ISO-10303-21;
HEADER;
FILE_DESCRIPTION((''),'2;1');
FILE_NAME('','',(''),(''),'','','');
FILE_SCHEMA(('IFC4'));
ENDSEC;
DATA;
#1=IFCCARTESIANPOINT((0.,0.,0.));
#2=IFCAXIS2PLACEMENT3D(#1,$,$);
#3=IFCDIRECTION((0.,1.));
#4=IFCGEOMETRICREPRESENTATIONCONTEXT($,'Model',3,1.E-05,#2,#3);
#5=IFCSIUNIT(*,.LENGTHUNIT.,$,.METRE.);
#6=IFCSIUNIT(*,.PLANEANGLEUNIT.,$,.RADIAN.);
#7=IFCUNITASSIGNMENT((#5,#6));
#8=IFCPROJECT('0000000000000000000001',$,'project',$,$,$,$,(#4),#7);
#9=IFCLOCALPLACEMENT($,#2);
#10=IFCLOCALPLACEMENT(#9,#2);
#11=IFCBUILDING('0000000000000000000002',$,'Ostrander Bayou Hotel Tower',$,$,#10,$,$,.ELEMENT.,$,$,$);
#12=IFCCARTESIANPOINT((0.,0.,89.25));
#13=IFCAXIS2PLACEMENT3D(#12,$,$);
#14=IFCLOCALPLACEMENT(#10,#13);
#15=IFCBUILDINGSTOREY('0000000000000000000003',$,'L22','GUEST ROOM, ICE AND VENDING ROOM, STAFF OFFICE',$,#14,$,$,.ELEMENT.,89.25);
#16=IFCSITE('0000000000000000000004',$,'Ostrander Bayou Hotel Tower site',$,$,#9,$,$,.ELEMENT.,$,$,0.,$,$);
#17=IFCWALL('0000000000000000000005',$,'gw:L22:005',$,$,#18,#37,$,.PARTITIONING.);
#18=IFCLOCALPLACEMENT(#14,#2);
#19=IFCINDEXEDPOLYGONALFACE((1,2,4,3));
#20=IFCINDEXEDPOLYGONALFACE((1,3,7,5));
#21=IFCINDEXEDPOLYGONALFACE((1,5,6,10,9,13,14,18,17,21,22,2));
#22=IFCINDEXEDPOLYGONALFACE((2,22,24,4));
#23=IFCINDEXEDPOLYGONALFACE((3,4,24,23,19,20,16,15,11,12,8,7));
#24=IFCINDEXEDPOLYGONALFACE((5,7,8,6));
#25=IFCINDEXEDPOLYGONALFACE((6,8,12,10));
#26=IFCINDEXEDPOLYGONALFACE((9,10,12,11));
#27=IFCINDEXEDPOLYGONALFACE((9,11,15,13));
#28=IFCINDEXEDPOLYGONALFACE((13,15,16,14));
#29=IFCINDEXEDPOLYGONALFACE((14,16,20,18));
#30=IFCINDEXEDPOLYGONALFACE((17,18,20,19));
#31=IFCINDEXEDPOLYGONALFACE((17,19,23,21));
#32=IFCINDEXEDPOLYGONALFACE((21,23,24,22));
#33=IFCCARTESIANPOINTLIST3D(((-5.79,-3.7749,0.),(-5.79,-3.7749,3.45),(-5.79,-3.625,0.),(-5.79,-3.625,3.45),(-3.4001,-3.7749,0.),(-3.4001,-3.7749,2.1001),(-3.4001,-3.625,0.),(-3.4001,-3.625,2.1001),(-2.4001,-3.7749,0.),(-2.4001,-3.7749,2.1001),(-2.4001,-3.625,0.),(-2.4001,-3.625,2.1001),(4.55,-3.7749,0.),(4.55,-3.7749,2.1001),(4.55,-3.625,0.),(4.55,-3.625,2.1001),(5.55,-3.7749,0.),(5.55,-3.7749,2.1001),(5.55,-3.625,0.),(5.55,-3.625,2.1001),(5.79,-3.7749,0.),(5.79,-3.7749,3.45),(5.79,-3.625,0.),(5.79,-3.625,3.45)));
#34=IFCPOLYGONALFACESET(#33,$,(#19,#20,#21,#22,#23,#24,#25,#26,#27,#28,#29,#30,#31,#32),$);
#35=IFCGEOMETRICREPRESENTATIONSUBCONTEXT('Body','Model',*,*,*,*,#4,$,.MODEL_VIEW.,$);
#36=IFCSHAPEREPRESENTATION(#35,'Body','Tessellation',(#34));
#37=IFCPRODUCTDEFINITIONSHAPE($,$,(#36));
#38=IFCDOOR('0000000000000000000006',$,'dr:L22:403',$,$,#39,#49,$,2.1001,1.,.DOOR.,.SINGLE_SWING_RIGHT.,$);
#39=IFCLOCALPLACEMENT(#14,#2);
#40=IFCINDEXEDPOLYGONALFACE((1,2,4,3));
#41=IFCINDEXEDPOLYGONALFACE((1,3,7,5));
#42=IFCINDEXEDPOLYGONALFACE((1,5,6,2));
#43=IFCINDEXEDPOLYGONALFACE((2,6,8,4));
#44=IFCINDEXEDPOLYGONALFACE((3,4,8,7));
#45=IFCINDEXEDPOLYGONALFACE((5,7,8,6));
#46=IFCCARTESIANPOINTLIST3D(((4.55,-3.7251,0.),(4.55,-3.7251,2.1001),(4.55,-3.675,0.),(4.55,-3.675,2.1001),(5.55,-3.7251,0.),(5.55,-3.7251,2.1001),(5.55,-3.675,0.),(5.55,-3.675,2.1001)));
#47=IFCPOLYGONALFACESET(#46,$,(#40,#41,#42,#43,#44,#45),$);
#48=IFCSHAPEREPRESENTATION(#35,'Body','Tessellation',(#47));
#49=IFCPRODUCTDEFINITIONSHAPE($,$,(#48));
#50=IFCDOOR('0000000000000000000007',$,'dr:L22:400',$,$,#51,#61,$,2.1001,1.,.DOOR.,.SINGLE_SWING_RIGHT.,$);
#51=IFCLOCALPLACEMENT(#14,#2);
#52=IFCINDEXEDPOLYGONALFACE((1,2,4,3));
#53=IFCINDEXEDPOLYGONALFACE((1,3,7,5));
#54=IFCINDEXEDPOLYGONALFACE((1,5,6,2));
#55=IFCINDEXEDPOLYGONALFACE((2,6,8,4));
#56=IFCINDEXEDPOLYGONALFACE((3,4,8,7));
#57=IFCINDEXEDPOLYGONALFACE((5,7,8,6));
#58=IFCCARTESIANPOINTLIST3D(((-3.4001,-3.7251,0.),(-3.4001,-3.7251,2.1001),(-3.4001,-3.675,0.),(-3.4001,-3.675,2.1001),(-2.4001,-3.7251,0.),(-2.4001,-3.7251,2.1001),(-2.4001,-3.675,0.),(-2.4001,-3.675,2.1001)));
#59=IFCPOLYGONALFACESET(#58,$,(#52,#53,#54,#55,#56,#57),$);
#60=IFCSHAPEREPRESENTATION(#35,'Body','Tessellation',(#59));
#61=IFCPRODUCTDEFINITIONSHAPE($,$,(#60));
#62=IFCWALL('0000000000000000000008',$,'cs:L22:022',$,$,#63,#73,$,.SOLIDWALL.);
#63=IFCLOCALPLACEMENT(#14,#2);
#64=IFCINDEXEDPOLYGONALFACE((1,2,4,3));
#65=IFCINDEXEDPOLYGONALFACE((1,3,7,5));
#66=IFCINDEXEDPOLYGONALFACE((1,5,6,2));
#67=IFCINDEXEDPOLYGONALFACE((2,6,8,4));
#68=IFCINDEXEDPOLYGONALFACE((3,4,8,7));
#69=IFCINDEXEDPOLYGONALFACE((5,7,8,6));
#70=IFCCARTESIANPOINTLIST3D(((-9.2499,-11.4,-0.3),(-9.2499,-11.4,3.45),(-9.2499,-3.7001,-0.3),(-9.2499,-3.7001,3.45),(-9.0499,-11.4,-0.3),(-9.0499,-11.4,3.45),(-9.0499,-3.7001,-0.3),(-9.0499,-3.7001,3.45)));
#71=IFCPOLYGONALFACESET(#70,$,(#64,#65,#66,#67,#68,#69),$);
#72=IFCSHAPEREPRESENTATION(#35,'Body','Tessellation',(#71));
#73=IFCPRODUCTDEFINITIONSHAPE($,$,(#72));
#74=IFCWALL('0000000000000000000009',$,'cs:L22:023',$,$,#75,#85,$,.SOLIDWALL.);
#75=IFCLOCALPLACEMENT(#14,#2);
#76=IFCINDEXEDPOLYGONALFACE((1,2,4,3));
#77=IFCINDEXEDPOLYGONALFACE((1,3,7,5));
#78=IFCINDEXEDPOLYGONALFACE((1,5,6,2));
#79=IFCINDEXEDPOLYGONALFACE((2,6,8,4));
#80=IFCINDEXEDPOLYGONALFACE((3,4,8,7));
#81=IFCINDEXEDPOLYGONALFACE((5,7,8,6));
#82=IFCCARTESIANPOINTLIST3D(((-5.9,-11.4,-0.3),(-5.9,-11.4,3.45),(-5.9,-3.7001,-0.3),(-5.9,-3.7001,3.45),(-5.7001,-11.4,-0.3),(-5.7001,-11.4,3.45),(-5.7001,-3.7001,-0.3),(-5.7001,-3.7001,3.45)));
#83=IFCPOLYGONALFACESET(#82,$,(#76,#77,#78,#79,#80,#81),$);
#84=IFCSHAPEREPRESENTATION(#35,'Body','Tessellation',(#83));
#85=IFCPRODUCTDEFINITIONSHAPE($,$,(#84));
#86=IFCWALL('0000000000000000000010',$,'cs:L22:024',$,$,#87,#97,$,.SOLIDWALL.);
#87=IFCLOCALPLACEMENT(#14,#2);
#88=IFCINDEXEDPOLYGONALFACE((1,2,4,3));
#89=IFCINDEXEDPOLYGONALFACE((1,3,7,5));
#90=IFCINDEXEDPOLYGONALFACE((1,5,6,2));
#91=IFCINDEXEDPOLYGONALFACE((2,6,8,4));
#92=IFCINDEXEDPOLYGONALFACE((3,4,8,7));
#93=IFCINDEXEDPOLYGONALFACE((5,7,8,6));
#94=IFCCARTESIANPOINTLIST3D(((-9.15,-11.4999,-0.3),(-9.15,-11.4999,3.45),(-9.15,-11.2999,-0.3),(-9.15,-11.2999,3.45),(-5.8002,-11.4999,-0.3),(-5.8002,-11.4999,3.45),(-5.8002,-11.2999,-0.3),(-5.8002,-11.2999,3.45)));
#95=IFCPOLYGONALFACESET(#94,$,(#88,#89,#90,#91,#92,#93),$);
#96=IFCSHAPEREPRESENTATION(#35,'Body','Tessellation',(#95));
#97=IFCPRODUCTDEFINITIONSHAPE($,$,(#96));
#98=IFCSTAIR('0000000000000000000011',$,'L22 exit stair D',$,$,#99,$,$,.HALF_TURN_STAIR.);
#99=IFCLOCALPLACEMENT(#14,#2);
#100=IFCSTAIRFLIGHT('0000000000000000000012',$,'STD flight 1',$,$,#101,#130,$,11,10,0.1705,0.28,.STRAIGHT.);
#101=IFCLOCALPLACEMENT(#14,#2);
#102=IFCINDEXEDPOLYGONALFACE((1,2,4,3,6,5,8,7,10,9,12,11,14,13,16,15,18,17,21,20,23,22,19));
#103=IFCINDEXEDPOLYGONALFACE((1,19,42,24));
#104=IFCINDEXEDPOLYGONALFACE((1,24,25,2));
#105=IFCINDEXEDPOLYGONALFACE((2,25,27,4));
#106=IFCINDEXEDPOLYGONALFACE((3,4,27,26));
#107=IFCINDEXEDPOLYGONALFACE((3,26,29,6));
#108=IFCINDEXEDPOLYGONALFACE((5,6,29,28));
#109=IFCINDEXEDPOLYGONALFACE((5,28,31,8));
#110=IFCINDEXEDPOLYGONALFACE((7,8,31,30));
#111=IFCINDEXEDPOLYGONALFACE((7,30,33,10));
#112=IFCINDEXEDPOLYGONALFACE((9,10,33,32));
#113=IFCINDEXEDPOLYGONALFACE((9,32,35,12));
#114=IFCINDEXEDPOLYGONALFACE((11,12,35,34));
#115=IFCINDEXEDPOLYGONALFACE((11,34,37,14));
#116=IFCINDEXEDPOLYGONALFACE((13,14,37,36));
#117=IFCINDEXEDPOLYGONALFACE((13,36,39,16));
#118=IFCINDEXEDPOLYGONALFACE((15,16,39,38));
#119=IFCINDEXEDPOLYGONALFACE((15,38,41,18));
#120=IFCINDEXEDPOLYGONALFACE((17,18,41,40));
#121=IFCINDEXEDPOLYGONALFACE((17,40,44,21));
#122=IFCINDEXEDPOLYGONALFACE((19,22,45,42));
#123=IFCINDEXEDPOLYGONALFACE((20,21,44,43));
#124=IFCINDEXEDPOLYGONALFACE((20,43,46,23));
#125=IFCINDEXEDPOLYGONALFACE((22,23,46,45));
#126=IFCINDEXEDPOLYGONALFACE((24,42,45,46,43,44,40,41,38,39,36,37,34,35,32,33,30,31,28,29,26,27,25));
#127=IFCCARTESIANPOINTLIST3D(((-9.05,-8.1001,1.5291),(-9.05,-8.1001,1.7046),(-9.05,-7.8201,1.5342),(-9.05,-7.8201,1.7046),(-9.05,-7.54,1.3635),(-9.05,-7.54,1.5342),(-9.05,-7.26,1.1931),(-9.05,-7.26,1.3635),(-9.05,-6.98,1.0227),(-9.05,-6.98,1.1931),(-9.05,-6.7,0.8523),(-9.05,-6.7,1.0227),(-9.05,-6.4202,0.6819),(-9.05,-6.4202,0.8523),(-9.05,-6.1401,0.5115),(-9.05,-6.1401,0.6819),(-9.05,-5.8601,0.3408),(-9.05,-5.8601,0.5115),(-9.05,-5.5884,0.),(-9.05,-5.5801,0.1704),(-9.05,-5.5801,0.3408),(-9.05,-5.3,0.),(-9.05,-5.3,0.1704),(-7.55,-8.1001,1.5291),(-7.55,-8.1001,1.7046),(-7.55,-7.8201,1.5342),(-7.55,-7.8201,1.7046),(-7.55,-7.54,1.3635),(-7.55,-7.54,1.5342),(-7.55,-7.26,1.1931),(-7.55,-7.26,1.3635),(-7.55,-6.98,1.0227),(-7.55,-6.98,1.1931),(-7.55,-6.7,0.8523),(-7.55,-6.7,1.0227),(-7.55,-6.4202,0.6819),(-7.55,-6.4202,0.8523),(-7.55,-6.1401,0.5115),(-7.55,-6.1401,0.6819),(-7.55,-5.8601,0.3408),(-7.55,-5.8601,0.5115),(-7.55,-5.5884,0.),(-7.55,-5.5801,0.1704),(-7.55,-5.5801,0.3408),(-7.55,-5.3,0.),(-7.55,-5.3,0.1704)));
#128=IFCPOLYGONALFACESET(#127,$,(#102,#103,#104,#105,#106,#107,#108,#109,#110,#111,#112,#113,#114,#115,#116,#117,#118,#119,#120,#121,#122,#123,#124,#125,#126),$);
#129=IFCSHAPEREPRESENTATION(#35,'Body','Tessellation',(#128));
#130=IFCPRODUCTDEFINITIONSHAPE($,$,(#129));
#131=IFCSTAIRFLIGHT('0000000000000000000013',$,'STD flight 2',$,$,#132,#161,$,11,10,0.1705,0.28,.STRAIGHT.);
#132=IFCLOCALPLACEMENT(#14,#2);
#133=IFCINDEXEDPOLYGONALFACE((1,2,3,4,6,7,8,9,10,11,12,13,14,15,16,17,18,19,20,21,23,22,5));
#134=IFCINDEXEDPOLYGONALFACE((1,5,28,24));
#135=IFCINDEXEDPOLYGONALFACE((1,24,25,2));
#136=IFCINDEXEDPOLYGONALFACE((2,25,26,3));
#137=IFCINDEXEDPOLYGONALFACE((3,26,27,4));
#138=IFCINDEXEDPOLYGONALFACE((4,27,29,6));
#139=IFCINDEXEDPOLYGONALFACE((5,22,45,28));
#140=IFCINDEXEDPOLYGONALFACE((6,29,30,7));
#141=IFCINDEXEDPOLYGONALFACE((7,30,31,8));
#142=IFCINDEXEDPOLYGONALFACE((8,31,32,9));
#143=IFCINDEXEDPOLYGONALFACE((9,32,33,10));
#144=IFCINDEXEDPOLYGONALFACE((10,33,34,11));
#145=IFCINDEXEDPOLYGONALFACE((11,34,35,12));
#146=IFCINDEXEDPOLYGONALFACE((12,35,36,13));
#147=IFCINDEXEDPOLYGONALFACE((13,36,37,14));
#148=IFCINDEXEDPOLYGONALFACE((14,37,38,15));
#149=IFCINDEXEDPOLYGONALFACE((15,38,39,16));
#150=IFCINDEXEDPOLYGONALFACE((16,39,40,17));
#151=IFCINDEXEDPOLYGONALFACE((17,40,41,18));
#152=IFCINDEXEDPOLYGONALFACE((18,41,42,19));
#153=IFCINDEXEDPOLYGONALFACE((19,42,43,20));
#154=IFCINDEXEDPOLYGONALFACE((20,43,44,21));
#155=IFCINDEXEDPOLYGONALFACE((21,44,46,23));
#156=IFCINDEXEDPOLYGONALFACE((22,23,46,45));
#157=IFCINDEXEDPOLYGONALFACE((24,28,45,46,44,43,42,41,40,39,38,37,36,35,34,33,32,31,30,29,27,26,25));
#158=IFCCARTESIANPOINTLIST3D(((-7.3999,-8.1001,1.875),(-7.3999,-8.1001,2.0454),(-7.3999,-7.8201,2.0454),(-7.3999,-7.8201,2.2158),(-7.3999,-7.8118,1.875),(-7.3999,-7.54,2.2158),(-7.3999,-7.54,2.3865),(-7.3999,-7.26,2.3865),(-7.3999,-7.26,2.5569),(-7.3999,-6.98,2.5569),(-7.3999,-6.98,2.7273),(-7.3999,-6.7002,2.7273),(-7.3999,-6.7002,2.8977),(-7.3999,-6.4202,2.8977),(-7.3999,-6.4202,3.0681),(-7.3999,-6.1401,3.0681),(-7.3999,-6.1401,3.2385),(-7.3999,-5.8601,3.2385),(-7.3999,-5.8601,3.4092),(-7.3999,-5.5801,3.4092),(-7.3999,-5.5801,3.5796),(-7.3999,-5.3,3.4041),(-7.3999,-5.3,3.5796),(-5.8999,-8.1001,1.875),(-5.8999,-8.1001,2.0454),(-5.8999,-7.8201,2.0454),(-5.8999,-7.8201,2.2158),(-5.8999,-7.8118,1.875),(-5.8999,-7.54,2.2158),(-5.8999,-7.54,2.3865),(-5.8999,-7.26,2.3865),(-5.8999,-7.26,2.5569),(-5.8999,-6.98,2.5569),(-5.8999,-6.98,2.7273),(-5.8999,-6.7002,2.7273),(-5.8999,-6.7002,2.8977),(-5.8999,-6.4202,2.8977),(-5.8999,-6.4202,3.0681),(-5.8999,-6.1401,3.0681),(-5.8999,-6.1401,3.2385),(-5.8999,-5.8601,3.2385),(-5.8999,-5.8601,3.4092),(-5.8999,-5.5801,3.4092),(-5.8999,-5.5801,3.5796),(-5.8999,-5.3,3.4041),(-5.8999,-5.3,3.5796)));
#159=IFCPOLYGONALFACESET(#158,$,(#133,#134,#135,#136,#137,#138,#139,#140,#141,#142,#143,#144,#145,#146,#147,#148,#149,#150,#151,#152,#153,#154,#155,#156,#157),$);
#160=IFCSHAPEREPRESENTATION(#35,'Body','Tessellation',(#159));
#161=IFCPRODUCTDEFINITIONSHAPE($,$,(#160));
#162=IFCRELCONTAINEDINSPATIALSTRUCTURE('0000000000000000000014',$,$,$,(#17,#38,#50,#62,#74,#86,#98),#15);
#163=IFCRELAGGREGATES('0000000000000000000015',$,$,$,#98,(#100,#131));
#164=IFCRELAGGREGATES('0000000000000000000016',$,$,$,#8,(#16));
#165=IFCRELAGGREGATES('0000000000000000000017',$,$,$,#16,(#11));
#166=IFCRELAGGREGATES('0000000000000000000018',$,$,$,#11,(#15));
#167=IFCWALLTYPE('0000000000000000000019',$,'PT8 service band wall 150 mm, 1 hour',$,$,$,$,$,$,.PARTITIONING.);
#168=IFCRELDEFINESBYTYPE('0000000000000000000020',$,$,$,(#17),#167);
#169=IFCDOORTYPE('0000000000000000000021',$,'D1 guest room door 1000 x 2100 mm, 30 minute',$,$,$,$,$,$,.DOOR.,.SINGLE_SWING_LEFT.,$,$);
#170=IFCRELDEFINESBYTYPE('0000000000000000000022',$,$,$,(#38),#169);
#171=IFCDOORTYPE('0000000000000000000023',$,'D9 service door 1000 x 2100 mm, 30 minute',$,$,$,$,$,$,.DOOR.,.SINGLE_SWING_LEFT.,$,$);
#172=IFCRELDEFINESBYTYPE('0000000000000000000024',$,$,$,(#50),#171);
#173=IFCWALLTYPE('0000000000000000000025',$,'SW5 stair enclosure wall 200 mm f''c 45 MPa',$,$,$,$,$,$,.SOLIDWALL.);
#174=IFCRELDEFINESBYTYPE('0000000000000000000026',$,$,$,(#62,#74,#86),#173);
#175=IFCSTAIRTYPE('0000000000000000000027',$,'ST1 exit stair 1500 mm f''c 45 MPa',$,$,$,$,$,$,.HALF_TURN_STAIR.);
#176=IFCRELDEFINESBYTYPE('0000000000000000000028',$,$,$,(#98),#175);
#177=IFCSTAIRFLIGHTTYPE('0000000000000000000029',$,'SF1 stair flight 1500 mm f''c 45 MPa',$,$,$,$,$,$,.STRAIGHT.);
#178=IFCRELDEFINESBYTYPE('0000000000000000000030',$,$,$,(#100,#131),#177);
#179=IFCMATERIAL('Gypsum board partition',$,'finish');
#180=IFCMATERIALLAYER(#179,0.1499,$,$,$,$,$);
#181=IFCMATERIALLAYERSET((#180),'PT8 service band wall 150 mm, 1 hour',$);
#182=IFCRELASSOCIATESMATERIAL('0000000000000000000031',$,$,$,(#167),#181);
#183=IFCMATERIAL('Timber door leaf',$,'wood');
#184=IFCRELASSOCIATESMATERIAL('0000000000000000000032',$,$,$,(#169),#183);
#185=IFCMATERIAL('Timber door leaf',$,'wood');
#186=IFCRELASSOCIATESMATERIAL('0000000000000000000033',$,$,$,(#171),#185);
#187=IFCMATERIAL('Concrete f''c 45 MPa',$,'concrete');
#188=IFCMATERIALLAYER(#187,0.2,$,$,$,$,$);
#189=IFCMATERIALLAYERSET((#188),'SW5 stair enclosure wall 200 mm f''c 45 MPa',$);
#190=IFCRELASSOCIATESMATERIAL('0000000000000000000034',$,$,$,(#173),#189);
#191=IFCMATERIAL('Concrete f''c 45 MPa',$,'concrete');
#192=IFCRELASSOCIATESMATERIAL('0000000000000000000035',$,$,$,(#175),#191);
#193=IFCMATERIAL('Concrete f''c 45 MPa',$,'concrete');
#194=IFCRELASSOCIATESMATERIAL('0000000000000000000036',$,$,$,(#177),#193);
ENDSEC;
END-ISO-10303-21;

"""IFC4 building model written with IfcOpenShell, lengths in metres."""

from ifc_helpers import new_model, si_unit, direction, frame, frame_2d, origin, place, context, subcontext, project, spatial, polyline, rectangle, outline, extrude, material, layer, layer_set, type_object, element, fill, aggregate, save


model = new_model("IFC4")

# Units and contexts
model_context = context("Model", 3, precision=1e-05, world=origin(), true_north=direction((0.0, 1.0)))
body_context = subcontext(model_context, "Body", "Model", "MODEL_VIEW")
ifc_project = project(units=[si_unit("LENGTHUNIT", "METRE"), si_unit("PLANEANGLEUNIT", "RADIAN")], contexts=[model_context])

# Site, building, storey
site_placement = place(None, origin())
site = spatial("IfcSite", under=ifc_project, at=site_placement, Name="Ostrander Bayou Hotel Tower site", CompositionType="ELEMENT", RefElevation=0.0)
building_placement = place(site_placement, origin())
building = spatial("IfcBuilding", under=site, at=building_placement, Name="Ostrander Bayou Hotel Tower", CompositionType="ELEMENT")
storey_placement = place(building_placement, frame((0.0, 0.0, 89.25)))
storey = spatial("IfcBuildingStorey", under=building, at=storey_placement, Name="L22", Description="GUEST ROOM, ICE AND VENDING ROOM, STAFF OFFICE", CompositionType="ELEMENT", Elevation=89.25)

# Wall, openings, doors
ifc_material_1 = material(Name="Gypsum board partition", Category="finish")
ifc_layer_1 = layer(ifc_material_1, 0.1499)
ifc_layer_set_1 = layer_set([ifc_layer_1], Name="PT8 service band wall 150 mm, 1 hour")
wall_type_1 = type_object("IfcWallType", Name="PT8 service band wall 150 mm, 1 hour", PredefinedType="PARTITIONING", material=ifc_layer_set_1)
wall_1_placement = place(storey_placement, frame((-5.79, -3.7, 0.0), z_axis=(0.0, 0.0, 1.0), x_axis=(1.0, 0.0, 0.0)))
wall_1 = element("IfcWall", 1, at=wall_1_placement, inside=storey, type_object=wall_type_1, Name="gw:L22:005", PredefinedType="PARTITIONING", context=body_context, shape_type="SweptSolid", body=[
    extrude(rectangle(XDim=11.5801, YDim=0.1499, at=frame_2d((5.79, 0.0))), origin(), (0.0, 0.0, 1.0), 3.45),
])
opening_1_placement = place(wall_1_placement, frame((2.3899, 0.0, 0.0)))
opening_1 = element("IfcOpeningElement", 2, at=opening_1_placement, cuts=wall_1, PredefinedType="OPENING", context=body_context, shape_type="SweptSolid", body=[
    extrude(rectangle(XDim=1.0, YDim=2.1001, at=frame_2d((0.5, 1.05))), frame((0.0, 0.075, 0.0), z_axis=(0.0, -1.0, 0.0), x_axis=(1.0, 0.0, 0.0)), (0.0, 0.0, 1.0), 0.1499),
])
opening_2_placement = place(wall_1_placement, frame((10.3401, 0.0, 0.0)))
opening_2 = element("IfcOpeningElement", 3, at=opening_2_placement, cuts=wall_1, PredefinedType="OPENING", context=body_context, shape_type="SweptSolid", body=[
    extrude(rectangle(XDim=1.0, YDim=2.1001, at=frame_2d((0.5, 1.05))), frame((0.0, 0.075, 0.0), z_axis=(0.0, -1.0, 0.0), x_axis=(1.0, 0.0, 0.0)), (0.0, 0.0, 1.0), 0.1499),
])
ifc_material_2 = material(Name="Timber door leaf", Category="wood")
door_type_1 = type_object("IfcDoorType", Name="D1 guest room door 1000 x 2100 mm, 30 minute", OperationType="SINGLE_SWING_LEFT", PredefinedType="DOOR", material=ifc_material_2)
door_1_placement = place(opening_2_placement, origin())
door_1 = element("IfcDoor", 4, at=door_1_placement, inside=storey, type_object=door_type_1, Name="dr:L22:403", OperationType="SINGLE_SWING_RIGHT", OverallHeight=2.1001, OverallWidth=1.0, PredefinedType="DOOR", context=body_context, shape_type="SweptSolid", body=[
    extrude(rectangle(XDim=1.0, YDim=2.1001, at=frame_2d((0.5, 1.05))), frame((0.0, 0.0249, 0.0), z_axis=(0.0, -1.0, 0.0), x_axis=(1.0, 0.0, 0.0)), (0.0, 0.0, 1.0), 0.05),
])
fill(opening_2, door_1)
ifc_material_3 = material(Name="Timber door leaf", Category="wood")
door_type_2 = type_object("IfcDoorType", Name="D9 service door 1000 x 2100 mm, 30 minute", OperationType="SINGLE_SWING_LEFT", PredefinedType="DOOR", material=ifc_material_3)
door_2_placement = place(opening_1_placement, origin())
door_2 = element("IfcDoor", 5, at=door_2_placement, inside=storey, type_object=door_type_2, Name="dr:L22:400", OperationType="SINGLE_SWING_RIGHT", OverallHeight=2.1001, OverallWidth=1.0, PredefinedType="DOOR", context=body_context, shape_type="SweptSolid", body=[
    extrude(rectangle(XDim=1.0, YDim=2.1001, at=frame_2d((0.5, 1.05))), frame((0.0, 0.0249, 0.0), z_axis=(0.0, -1.0, 0.0), x_axis=(1.0, 0.0, 0.0)), (0.0, 0.0, 1.0), 0.05),
])
fill(opening_1, door_2)

# Shared definitions
ifc_material_4 = material(Name="Concrete f'c 45 MPa", Category="concrete")
ifc_layer_2 = layer(ifc_material_4, 0.2)
ifc_layer_set_2 = layer_set([ifc_layer_2], Name="SW5 stair enclosure wall 200 mm f'c 45 MPa")
wall_type_2 = type_object("IfcWallType", Name="SW5 stair enclosure wall 200 mm f'c 45 MPa", PredefinedType="SOLIDWALL", material=ifc_layer_set_2)

# Walls
for number, where, z_axis, x_axis, name in (
    (6, (-9.1499, -3.7, -0.3), (0.0, 0.0, 1.0), (0.0, -1.0, 0.0), "cs:L22:022"),
    (7, (-5.8, -3.7, -0.3), (0.0, 0.0, 1.0), (0.0, -1.0, 0.0), "cs:L22:023"),
):
    element("IfcWall", number, at=place(storey_placement, frame(where, z_axis=z_axis, x_axis=x_axis)), inside=storey, type_object=wall_type_2, Name=name, PredefinedType="SOLIDWALL", context=body_context, shape_type="SweptSolid", body=[
        extrude(rectangle(XDim=7.7, YDim=0.2, at=frame_2d((3.8501, 0.0))), origin(), (0.0, 0.0, 1.0), 3.75),
    ])
wall_2_placement = place(storey_placement, frame((-9.1499, -11.3999, -0.3), z_axis=(0.0, 0.0, 1.0), x_axis=(1.0, 0.0, 0.0)))
element("IfcWall", 8, at=wall_2_placement, inside=storey, type_object=wall_type_2, Name="cs:L22:024", PredefinedType="SOLIDWALL", context=body_context, shape_type="SweptSolid", body=[
    extrude(rectangle(XDim=3.3499, YDim=0.2, at=frame_2d((1.6748, 0.0))), origin(), (0.0, 0.0, 1.0), 3.75),
])

# Stair, stair flights
ifc_material_5 = material(Name="Concrete f'c 45 MPa", Category="concrete")
stair_type = type_object("IfcStairType", Name="ST1 exit stair 1500 mm f'c 45 MPa", PredefinedType="HALF_TURN_STAIR", material=ifc_material_5)
stair_placement = place(storey_placement, origin())
stair = element("IfcStair", 9, at=stair_placement, inside=storey, type_object=stair_type, Name="L22 exit stair D", PredefinedType="HALF_TURN_STAIR")
ifc_material_6 = material(Name="Concrete f'c 45 MPa", Category="concrete")
stair_flight_type = type_object("IfcStairFlightType", Name="SF1 stair flight 1500 mm f'c 45 MPa", PredefinedType="STRAIGHT", material=ifc_material_6)
stair_flight_1_placement = place(storey_placement, frame((-8.3, -5.3, 0.0), z_axis=(0.0, 0.0, 1.0), x_axis=(0.0, -1.0, 0.0)))
stair_flight_1 = element("IfcStairFlight", 10, at=stair_flight_1_placement, type_object=stair_flight_type, Name="STD flight 1", NumberOfRisers=11, NumberOfTreads=10, PredefinedType="STRAIGHT", RiserHeight=0.1705, TreadLength=0.28, context=body_context, shape_type="SweptSolid", body=[
    extrude(outline(polyline([(0.0, 0.0), (0.0, 0.1704), (0.28, 0.1704), (0.28, 0.3408), (0.5601, 0.3408), (0.5601, 0.5115), (0.8401, 0.5115), (0.8401, 0.6819), (1.1201, 0.6819), (1.1201, 0.8523), (1.3999, 0.8523), (1.3999, 1.0227), (1.6799, 1.0227), (1.6799, 1.1931), (1.96, 1.1931), (1.96, 1.3635), (2.24, 1.3635), (2.24, 1.5342), (2.52, 1.5342), (2.52, 1.7046), (2.8, 1.7046), (2.8, 1.875), (2.8, 1.5291), (0.2883, 0.0), (0.0, 0.0)])), frame((0.0, 0.75, 0.0), z_axis=(0.0, -1.0, 0.0), x_axis=(1.0, 0.0, 0.0)), (0.0, 0.0, 1.0), 1.5),
])
stair_flight_2_placement = place(storey_placement, frame((-6.6499, -8.1001, 1.875), z_axis=(0.0, 0.0, 1.0), x_axis=(0.0, 1.0, 0.0)))
stair_flight_2 = element("IfcStairFlight", 11, at=stair_flight_2_placement, type_object=stair_flight_type, Name="STD flight 2", NumberOfRisers=11, NumberOfTreads=10, PredefinedType="STRAIGHT", RiserHeight=0.1705, TreadLength=0.28, context=body_context, shape_type="SweptSolid", body=[
    extrude(outline(polyline([(0.0, 0.0), (0.0, 0.1704), (0.28, 0.1704), (0.28, 0.3408), (0.5601, 0.3408), (0.5601, 0.5115), (0.8401, 0.5115), (0.8401, 0.6819), (1.1201, 0.6819), (1.1201, 0.8523), (1.3999, 0.8523), (1.3999, 1.0227), (1.6799, 1.0227), (1.6799, 1.1931), (1.96, 1.1931), (1.96, 1.3635), (2.24, 1.3635), (2.24, 1.5342), (2.52, 1.5342), (2.52, 1.7046), (2.8, 1.7046), (2.8, 1.875), (2.8, 1.5291), (0.2883, 0.0), (0.0, 0.0)])), frame((0.0, 0.75, 0.0), z_axis=(0.0, -1.0, 0.0), x_axis=(1.0, 0.0, 0.0)), (0.0, 0.0, 1.0), 1.5),
])
aggregate(stair, [stair_flight_1, stair_flight_2])

save(model, "model.ifc")
